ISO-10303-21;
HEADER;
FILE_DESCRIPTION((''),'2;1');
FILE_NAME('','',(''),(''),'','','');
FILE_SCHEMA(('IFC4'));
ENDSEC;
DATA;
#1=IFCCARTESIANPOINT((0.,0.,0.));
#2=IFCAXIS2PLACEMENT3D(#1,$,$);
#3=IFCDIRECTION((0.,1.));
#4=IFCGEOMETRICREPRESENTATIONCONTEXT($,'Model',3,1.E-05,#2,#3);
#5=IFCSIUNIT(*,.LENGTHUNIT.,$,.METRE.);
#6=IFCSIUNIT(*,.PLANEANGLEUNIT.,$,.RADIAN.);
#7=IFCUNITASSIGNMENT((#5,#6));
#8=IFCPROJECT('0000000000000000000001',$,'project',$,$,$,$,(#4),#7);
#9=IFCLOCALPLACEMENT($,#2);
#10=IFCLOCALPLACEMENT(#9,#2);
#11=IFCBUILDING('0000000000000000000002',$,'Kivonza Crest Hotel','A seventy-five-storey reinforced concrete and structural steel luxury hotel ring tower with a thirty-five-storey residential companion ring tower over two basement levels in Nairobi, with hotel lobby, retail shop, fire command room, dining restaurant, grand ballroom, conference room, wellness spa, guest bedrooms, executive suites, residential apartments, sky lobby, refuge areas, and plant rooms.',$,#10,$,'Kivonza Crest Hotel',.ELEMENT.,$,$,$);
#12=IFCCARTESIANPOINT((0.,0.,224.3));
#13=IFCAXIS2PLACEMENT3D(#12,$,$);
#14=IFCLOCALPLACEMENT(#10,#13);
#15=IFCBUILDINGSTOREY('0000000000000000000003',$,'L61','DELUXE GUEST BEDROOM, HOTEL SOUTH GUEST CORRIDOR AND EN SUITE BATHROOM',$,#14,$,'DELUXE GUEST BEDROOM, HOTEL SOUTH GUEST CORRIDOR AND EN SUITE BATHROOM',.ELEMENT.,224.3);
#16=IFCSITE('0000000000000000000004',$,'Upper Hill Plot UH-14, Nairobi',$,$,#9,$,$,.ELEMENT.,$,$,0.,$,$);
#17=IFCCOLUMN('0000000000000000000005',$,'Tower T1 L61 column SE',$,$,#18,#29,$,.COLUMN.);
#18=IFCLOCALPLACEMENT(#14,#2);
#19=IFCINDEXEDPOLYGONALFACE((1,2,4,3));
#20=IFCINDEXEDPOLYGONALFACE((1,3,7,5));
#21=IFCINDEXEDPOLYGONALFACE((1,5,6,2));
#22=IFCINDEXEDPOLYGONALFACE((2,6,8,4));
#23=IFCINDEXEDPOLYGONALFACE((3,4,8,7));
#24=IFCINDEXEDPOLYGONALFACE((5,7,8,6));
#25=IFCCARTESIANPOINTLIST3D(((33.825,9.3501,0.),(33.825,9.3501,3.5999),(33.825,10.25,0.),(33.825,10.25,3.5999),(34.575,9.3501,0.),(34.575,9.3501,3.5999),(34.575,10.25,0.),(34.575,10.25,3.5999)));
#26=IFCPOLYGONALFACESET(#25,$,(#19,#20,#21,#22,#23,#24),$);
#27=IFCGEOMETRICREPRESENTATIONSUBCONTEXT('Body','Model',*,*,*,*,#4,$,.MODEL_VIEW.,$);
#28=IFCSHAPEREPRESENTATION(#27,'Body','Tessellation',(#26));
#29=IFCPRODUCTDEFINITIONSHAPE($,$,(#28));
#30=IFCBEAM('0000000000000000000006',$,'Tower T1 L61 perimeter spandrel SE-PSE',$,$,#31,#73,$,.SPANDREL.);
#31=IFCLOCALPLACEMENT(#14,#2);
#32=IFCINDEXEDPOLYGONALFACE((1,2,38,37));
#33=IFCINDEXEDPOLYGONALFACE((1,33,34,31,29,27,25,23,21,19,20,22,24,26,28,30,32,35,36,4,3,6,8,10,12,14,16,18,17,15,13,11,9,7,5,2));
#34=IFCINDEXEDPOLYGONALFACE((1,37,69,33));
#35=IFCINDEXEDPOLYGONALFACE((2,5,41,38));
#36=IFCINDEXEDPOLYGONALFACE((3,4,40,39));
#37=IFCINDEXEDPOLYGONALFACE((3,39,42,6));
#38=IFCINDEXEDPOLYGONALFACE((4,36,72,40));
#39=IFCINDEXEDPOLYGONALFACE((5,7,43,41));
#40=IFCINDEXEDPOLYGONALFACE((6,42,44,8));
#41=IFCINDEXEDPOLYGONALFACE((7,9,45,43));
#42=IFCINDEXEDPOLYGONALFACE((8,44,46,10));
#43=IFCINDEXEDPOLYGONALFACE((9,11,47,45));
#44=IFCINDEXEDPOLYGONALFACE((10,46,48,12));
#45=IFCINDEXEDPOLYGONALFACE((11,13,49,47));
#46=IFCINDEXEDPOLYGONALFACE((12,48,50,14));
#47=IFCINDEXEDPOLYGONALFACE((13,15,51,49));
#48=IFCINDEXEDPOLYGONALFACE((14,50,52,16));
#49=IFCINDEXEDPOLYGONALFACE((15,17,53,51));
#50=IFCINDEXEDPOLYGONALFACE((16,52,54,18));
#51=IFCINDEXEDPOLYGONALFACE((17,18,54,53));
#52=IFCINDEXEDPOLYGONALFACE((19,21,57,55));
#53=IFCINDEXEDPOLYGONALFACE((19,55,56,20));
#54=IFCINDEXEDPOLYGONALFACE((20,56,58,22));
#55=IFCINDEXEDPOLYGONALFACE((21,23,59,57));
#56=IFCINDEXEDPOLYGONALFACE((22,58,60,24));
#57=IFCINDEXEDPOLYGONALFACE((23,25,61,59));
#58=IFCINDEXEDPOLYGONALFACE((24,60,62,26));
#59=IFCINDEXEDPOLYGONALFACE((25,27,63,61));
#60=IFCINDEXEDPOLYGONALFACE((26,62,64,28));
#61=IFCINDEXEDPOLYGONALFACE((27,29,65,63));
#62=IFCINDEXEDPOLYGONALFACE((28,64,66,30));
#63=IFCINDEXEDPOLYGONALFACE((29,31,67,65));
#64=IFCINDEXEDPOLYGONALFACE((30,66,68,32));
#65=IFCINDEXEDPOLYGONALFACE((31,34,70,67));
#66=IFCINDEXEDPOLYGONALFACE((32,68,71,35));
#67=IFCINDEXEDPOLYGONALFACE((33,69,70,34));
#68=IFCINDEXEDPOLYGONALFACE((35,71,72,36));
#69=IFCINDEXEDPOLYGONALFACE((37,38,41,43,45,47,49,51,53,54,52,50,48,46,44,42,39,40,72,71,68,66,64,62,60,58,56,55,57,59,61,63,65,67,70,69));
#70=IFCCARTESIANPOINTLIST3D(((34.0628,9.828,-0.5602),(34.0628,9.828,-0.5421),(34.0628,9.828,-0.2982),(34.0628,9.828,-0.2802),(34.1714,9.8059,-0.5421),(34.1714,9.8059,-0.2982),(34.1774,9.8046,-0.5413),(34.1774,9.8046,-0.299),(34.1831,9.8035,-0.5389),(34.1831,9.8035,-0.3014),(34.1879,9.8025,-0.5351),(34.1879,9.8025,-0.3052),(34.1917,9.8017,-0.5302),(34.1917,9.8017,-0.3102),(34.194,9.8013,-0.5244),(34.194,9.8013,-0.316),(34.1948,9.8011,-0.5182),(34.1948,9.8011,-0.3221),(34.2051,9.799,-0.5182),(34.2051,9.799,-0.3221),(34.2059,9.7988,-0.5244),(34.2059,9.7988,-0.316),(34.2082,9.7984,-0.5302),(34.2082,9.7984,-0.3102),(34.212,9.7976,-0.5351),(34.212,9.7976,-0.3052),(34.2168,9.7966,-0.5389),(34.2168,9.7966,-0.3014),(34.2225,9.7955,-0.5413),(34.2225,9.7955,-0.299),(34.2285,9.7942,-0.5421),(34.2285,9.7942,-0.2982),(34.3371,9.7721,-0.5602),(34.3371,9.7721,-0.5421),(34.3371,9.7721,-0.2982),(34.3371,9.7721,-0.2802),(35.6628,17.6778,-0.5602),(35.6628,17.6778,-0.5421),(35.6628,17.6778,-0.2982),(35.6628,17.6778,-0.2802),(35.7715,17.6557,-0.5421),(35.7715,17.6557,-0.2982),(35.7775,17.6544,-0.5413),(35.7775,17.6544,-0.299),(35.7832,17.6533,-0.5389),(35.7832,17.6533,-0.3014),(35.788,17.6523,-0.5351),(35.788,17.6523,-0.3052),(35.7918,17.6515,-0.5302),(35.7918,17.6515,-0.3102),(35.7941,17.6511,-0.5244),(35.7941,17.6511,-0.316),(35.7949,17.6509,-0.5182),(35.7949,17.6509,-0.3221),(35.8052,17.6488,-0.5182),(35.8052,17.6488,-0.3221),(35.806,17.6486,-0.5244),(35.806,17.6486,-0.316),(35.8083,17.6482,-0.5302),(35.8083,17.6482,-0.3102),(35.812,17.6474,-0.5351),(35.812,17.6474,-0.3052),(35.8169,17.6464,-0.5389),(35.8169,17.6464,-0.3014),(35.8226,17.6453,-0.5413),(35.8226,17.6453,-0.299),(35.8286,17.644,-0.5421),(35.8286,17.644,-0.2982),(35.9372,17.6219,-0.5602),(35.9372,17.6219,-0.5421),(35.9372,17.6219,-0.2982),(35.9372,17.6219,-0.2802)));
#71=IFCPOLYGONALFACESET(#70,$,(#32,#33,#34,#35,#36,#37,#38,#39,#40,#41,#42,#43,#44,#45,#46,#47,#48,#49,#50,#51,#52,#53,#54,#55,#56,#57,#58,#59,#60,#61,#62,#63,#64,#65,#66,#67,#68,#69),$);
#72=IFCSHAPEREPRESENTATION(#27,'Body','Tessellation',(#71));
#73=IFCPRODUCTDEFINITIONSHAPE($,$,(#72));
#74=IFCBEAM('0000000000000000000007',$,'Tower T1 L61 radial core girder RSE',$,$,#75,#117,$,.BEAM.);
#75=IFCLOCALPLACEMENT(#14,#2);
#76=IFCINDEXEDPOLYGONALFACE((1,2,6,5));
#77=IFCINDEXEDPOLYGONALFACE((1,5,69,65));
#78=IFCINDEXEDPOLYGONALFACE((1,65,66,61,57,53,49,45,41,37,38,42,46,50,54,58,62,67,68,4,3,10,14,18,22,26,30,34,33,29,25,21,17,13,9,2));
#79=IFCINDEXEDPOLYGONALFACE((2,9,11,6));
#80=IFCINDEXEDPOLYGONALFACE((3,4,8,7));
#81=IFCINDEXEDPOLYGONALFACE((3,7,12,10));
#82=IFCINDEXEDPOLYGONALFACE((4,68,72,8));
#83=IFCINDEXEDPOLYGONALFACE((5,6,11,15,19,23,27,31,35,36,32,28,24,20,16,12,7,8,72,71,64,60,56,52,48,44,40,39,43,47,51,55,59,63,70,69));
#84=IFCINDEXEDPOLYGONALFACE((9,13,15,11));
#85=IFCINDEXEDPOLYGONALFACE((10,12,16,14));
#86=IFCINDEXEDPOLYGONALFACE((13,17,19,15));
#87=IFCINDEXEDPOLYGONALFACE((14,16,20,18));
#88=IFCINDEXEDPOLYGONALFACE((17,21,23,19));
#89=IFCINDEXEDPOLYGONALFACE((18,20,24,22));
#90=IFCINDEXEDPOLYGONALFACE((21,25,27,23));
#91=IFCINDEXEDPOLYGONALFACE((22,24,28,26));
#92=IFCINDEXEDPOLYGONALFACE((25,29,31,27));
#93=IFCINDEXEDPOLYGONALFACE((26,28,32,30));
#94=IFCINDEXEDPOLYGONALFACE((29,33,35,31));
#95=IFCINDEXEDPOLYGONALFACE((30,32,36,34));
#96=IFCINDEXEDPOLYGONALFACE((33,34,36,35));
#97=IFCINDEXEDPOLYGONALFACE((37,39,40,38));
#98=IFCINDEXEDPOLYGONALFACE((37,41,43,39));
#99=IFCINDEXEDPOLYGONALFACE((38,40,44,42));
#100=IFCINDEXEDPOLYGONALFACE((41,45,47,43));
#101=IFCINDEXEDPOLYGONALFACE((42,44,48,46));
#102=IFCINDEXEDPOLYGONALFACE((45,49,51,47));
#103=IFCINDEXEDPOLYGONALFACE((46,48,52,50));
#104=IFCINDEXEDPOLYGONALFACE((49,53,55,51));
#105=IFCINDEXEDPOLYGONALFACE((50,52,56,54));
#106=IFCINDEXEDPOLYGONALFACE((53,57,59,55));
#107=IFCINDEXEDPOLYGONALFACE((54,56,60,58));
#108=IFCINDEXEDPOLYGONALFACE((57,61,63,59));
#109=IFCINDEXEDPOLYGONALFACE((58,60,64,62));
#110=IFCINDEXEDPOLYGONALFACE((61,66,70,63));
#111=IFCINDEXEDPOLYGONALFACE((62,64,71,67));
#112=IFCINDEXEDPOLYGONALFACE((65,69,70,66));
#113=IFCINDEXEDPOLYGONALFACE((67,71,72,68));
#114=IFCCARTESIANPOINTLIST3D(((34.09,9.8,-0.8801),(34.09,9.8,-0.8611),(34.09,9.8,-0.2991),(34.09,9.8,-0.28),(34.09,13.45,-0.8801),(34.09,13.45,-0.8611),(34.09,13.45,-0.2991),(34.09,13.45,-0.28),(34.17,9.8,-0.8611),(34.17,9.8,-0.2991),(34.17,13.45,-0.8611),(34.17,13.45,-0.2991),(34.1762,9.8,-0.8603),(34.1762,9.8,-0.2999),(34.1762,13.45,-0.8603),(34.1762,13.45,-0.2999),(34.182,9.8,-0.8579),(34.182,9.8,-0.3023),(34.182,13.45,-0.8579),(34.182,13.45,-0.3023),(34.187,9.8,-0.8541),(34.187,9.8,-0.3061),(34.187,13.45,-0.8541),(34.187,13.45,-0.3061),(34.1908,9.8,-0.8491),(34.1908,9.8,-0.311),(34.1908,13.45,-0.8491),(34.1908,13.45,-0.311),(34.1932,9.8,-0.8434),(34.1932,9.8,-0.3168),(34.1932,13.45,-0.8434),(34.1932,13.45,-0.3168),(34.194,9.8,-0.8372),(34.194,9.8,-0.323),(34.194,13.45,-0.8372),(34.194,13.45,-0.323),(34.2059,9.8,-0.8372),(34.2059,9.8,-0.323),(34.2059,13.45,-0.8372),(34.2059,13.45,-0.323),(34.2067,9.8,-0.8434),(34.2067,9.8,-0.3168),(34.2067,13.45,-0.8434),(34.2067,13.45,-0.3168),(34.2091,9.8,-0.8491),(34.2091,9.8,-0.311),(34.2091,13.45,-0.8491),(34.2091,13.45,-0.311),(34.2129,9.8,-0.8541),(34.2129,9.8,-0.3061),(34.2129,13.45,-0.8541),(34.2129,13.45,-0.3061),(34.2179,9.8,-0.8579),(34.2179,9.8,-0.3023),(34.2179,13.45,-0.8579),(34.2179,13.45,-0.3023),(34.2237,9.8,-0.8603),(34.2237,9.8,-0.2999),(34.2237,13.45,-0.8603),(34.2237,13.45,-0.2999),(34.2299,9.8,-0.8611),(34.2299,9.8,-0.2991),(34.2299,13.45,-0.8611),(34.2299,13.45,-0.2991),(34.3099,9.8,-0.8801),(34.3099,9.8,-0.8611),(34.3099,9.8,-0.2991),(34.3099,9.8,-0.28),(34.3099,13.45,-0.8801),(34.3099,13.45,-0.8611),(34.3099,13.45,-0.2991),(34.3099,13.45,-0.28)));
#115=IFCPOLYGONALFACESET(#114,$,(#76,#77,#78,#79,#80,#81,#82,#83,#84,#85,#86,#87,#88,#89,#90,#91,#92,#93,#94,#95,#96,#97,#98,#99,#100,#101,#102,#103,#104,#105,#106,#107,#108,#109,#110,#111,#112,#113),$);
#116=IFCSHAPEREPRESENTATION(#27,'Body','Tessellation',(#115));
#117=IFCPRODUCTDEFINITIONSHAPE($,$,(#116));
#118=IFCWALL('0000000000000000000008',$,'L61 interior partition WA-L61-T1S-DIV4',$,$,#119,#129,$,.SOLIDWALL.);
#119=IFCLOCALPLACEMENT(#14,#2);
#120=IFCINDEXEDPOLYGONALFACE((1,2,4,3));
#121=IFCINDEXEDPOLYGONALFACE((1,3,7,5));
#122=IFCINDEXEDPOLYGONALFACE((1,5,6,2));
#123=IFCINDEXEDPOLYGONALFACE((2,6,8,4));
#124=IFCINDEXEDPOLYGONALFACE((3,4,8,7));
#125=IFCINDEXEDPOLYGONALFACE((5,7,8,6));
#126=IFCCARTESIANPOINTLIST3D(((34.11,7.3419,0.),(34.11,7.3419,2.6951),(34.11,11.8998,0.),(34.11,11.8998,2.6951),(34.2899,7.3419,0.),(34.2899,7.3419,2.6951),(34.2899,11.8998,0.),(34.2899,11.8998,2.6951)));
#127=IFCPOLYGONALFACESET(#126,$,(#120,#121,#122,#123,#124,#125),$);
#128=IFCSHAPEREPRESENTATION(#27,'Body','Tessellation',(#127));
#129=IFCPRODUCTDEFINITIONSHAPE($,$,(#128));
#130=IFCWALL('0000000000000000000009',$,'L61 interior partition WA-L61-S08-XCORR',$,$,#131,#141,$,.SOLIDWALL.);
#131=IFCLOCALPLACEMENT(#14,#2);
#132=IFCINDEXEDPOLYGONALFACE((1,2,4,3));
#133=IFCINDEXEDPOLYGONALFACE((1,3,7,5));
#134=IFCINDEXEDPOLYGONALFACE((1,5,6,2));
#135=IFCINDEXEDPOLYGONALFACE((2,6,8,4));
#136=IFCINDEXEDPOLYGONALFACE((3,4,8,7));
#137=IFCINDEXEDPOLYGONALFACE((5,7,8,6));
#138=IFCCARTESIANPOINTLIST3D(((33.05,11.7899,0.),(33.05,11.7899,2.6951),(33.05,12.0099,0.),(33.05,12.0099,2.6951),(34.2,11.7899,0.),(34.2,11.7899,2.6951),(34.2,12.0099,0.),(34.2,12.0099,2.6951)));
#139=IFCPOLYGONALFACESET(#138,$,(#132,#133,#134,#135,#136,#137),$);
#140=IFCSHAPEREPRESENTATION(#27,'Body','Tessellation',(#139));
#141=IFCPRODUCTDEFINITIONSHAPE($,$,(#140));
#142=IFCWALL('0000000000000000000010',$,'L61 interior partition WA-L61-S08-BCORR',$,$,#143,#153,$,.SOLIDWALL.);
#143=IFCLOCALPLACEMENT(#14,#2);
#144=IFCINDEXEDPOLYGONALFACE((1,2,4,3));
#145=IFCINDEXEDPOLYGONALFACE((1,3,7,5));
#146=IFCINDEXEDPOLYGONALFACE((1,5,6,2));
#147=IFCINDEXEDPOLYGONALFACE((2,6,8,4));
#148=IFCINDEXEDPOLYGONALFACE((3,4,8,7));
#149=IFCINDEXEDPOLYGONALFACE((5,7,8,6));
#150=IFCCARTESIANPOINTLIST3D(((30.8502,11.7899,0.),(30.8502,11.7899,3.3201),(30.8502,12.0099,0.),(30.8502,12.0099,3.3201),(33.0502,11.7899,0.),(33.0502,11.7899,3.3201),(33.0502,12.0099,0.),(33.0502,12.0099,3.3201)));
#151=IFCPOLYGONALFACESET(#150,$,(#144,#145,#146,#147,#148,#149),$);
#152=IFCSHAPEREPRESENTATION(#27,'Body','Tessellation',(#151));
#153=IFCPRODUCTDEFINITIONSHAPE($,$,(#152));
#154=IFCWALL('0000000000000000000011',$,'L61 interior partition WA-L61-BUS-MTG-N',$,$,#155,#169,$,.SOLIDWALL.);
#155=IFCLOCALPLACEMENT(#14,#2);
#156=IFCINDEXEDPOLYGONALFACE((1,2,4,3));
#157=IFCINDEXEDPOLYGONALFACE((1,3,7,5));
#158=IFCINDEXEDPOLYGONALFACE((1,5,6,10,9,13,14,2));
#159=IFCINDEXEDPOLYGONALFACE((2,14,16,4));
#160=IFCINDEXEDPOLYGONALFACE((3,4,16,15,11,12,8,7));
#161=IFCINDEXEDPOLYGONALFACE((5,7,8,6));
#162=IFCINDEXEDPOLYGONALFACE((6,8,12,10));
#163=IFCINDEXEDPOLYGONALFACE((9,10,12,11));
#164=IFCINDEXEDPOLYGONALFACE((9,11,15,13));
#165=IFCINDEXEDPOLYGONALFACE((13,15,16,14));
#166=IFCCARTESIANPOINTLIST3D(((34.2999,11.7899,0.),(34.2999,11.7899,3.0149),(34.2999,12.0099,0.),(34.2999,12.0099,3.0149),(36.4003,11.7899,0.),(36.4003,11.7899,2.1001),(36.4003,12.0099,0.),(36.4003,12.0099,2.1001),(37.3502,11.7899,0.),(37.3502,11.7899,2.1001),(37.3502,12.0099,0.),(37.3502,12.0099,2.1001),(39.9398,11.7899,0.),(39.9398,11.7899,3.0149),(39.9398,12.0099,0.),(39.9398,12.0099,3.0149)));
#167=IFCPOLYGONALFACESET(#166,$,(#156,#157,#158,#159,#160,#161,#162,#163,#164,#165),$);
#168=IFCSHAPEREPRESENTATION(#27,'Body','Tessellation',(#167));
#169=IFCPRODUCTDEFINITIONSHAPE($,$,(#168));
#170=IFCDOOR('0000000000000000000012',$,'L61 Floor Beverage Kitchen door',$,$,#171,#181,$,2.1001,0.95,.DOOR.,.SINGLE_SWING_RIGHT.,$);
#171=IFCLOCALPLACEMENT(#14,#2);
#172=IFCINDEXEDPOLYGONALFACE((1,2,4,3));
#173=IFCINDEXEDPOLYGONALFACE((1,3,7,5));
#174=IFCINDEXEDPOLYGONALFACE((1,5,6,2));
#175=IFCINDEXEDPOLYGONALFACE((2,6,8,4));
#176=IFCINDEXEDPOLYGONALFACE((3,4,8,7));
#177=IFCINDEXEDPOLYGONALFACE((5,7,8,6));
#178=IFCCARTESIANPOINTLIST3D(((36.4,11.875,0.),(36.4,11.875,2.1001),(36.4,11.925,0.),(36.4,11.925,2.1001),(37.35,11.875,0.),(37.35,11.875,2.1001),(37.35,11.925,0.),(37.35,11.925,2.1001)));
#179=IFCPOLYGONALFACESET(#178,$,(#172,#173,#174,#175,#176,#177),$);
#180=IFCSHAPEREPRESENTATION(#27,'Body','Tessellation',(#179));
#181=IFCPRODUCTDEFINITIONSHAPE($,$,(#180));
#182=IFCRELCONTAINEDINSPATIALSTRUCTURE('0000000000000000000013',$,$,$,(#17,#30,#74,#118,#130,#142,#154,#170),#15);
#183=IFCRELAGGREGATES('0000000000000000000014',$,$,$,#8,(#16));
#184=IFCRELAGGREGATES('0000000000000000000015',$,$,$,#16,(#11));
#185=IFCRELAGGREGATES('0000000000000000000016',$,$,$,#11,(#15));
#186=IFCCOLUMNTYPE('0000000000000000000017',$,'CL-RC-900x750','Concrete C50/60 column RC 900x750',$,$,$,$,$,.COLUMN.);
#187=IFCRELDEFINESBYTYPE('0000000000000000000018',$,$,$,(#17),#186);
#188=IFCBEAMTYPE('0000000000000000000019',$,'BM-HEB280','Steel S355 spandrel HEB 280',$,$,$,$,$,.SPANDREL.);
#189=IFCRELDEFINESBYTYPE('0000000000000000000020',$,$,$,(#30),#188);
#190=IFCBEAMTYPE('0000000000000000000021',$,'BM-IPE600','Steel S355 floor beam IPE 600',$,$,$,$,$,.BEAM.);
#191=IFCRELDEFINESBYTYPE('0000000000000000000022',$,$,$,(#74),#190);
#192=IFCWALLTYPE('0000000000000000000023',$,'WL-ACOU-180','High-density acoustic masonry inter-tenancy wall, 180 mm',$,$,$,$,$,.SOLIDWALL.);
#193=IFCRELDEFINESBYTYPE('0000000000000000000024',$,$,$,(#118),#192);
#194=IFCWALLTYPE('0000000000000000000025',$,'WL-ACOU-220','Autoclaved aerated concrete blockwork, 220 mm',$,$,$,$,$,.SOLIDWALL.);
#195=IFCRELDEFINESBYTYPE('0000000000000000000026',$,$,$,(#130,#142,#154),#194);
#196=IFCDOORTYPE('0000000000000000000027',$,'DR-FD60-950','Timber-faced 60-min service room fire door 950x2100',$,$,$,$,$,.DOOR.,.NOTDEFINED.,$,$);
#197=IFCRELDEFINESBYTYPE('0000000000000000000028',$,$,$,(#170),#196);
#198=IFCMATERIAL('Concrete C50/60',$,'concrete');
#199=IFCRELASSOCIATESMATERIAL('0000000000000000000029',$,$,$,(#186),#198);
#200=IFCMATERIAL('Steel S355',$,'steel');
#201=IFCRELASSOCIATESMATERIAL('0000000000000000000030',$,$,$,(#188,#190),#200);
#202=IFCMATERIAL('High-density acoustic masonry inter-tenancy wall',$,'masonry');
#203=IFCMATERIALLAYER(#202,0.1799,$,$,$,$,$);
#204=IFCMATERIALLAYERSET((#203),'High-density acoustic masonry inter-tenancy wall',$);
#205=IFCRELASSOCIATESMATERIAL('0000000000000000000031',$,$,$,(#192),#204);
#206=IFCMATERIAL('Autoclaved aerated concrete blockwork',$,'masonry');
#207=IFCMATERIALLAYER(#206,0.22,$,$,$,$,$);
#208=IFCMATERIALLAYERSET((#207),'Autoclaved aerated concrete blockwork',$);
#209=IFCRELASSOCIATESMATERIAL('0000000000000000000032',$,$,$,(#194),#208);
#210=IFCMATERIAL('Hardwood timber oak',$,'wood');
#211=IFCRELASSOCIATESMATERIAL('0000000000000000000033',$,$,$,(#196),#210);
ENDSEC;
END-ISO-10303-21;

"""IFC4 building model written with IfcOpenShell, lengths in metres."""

from ifc_helpers import new_model, si_unit, direction, frame, frame_2d, origin, origin_2d, place, context, subcontext, project, spatial, rectangle, i_section, extrude, material, layer, layer_set, material_profile, profile_set, type_object, element, fill, save


model = new_model("IFC4")

# Units and contexts
model_context = context("Model", 3, precision=1e-05, world=origin(), true_north=direction((0.0, 1.0)))
body_context = subcontext(model_context, "Body", "Model", "MODEL_VIEW")
ifc_project = project(units=[si_unit("LENGTHUNIT", "METRE"), si_unit("PLANEANGLEUNIT", "RADIAN")], contexts=[model_context])

# Site, building, storey
site_placement = place(None, origin())
site = spatial("IfcSite", under=ifc_project, at=site_placement, Name="Upper Hill Plot UH-14, Nairobi", CompositionType="ELEMENT", RefElevation=0.0)
building_placement = place(site_placement, origin())
building = spatial("IfcBuilding", under=site, at=building_placement, Name="Kivonza Crest Hotel", Description="A seventy-five-storey reinforced concrete and structural steel luxury hotel ring tower with a thirty-five-storey residential companion ring tower over two basement levels in Nairobi, with hotel lobby, retail shop, fire command room, dining restaurant, grand ballroom, conference room, wellness spa, guest bedrooms, executive suites, residential apartments, sky lobby, refuge areas, and plant rooms.", LongName="Kivonza Crest Hotel", CompositionType="ELEMENT")
storey_placement = place(building_placement, frame((0.0, 0.0, 224.3)))
storey = spatial("IfcBuildingStorey", under=building, at=storey_placement, Name="L61", Description="DELUXE GUEST BEDROOM, HOTEL SOUTH GUEST CORRIDOR AND EN SUITE BATHROOM", LongName="DELUXE GUEST BEDROOM, HOTEL SOUTH GUEST CORRIDOR AND EN SUITE BATHROOM", CompositionType="ELEMENT", Elevation=224.3)

# Column
ifc_material_1 = material(Name="Concrete C50/60", Category="concrete")
ifc_material_profile_1 = material_profile(ifc_material_1, rectangle(XDim=0.75, YDim=0.8999, at=origin_2d()), Name="RC 900x750")
ifc_profile_set_1 = profile_set([ifc_material_profile_1], Name="Concrete C50/60")
column_type = type_object("IfcColumnType", Name="CL-RC-900x750", Description="Concrete C50/60 column RC 900x750", PredefinedType="COLUMN", material=ifc_profile_set_1)
column_placement = place(storey_placement, frame((34.2, 9.8, 0.0), z_axis=(0.0, 0.0, 1.0), x_axis=(1.0, 0.0, 0.0)))
element("IfcColumn", 1, at=column_placement, inside=storey, type_object=column_type, Name="Tower T1 L61 column SE", PredefinedType="COLUMN", context=body_context, shape_type="SweptSolid", body=[
    extrude(rectangle(XDim=0.75, YDim=0.8999, at=origin_2d()), origin(), (0.0, 0.0, 1.0), 3.5999),
])

# Beams
ifc_material_2 = material(Name="Steel S355", Category="steel")
ifc_material_profile_2 = material_profile(ifc_material_2, i_section(OverallWidth=0.28, OverallDepth=0.28, WebThickness=0.0105, FlangeThickness=0.0181, FilletRadius=0.0239, at=origin_2d()), Name="HEB 280")
ifc_profile_set_2 = profile_set([ifc_material_profile_2], Name="Steel S355")
beam_type_1 = type_object("IfcBeamType", Name="BM-HEB280", Description="Steel S355 spandrel HEB 280", PredefinedType="SPANDREL", material=ifc_profile_set_2)
beam_1_placement = place(storey_placement, frame((34.2, 9.8, -0.4202), z_axis=(0.199731, 0.979851, 0.0), x_axis=(-0.979851, 0.199731, 0.0)))
element("IfcBeam", 2, at=beam_1_placement, inside=storey, type_object=beam_type_1, Name="Tower T1 L61 perimeter spandrel SE-PSE", PredefinedType="SPANDREL", context=body_context, shape_type="SweptSolid", body=[
    extrude(i_section(OverallWidth=0.28, OverallDepth=0.28, WebThickness=0.0105, FlangeThickness=0.0181, FilletRadius=0.0239, at=origin_2d()), origin(), (0.0, 0.0, 1.0), 8.0112),
])
ifc_material_profile_3 = material_profile(ifc_material_2, i_section(OverallWidth=0.22, OverallDepth=0.6001, WebThickness=0.012, FlangeThickness=0.019, FilletRadius=0.0239, at=origin_2d()), Name="IPE 600")
ifc_profile_set_3 = profile_set([ifc_material_profile_3], Name="Steel S355")
beam_type_2 = type_object("IfcBeamType", Name="BM-IPE600", Description="Steel S355 floor beam IPE 600", PredefinedType="BEAM", material=ifc_profile_set_3)
beam_2_placement = place(storey_placement, frame((34.2, 9.8, -0.5801), z_axis=(0.0, 1.0, 0.0), x_axis=(-1.0, 0.0, 0.0)))
element("IfcBeam", 3, at=beam_2_placement, inside=storey, type_object=beam_type_2, Name="Tower T1 L61 radial core girder RSE", PredefinedType="BEAM", context=body_context, shape_type="SweptSolid", body=[
    extrude(i_section(OverallWidth=0.22, OverallDepth=0.6001, WebThickness=0.012, FlangeThickness=0.019, FilletRadius=0.0239, at=origin_2d()), origin(), (0.0, 0.0, 1.0), 3.6499),
])

# Walls
ifc_material_3 = material(Name="High-density acoustic masonry inter-tenancy wall", Category="masonry")
ifc_layer_1 = layer(ifc_material_3, 0.1799)
ifc_layer_set_1 = layer_set([ifc_layer_1], Name="High-density acoustic masonry inter-tenancy wall")
wall_type_1 = type_object("IfcWallType", Name="WL-ACOU-180", Description="High-density acoustic masonry inter-tenancy wall, 180 mm", PredefinedType="SOLIDWALL", material=ifc_layer_set_1)
wall_1_placement = place(storey_placement, frame((34.2, 7.342, 0.0), z_axis=(0.0, 0.0, 1.0), x_axis=(0.0, 1.0, 0.0)))
element("IfcWall", 4, at=wall_1_placement, inside=storey, type_object=wall_type_1, Name="L61 interior partition WA-L61-T1S-DIV4", PredefinedType="SOLIDWALL", context=body_context, shape_type="SweptSolid", body=[
    extrude(rectangle(XDim=4.5579, YDim=0.1799, at=frame_2d((2.2788, 0.0))), origin(), (0.0, 0.0, 1.0), 2.6951),
])
ifc_material_4 = material(Name="Autoclaved aerated concrete blockwork", Category="masonry")
ifc_layer_2 = layer(ifc_material_4, 0.22)
ifc_layer_set_2 = layer_set([ifc_layer_2], Name="Autoclaved aerated concrete blockwork")
wall_type_2 = type_object("IfcWallType", Name="WL-ACOU-220", Description="Autoclaved aerated concrete blockwork, 220 mm", PredefinedType="SOLIDWALL", material=ifc_layer_set_2)
wall_2_placement = place(storey_placement, frame((33.05, 11.8999, 0.0), z_axis=(0.0, 0.0, 1.0), x_axis=(1.0, 0.0, 0.0)))
element("IfcWall", 5, at=wall_2_placement, inside=storey, type_object=wall_type_2, Name="L61 interior partition WA-L61-S08-XCORR", PredefinedType="SOLIDWALL", context=body_context, shape_type="SweptSolid", body=[
    extrude(rectangle(XDim=1.1499, YDim=0.22, at=frame_2d((0.575, 0.0))), origin(), (0.0, 0.0, 1.0), 2.6951),
])
wall_3_placement = place(storey_placement, frame((30.8501, 11.8999, 0.0), z_axis=(0.0, 0.0, 1.0), x_axis=(1.0, 0.0, 0.0)))
element("IfcWall", 6, at=wall_3_placement, inside=storey, type_object=wall_type_2, Name="L61 interior partition WA-L61-S08-BCORR", PredefinedType="SOLIDWALL", context=body_context, shape_type="SweptSolid", body=[
    extrude(rectangle(XDim=2.2, YDim=0.22, at=frame_2d((1.1001, 0.0))), origin(), (0.0, 0.0, 1.0), 3.3201),
])

# Wall, opening, door
wall_4_placement = place(storey_placement, frame((34.3, 11.8999, 0.0), z_axis=(0.0, 0.0, 1.0), x_axis=(1.0, 0.0, 0.0)))
wall_4 = element("IfcWall", 7, at=wall_4_placement, inside=storey, type_object=wall_type_2, Name="L61 interior partition WA-L61-BUS-MTG-N", PredefinedType="SOLIDWALL", context=body_context, shape_type="SweptSolid", body=[
    extrude(rectangle(XDim=5.6399, YDim=0.22, at=frame_2d((2.8198, 0.0))), origin(), (0.0, 0.0, 1.0), 3.0149),
])
opening_1_placement = place(wall_4_placement, frame((2.1001, 0.0, 0.0)))
opening_1 = element("IfcOpeningElement", 8, at=opening_1_placement, cuts=wall_4, PredefinedType="OPENING", context=body_context, shape_type="SweptSolid", body=[
    extrude(rectangle(XDim=0.95, YDim=2.1001, at=frame_2d((0.4751, 1.05))), frame((0.0, 0.1201, 0.0), z_axis=(0.0, -1.0, 0.0), x_axis=(1.0, 0.0, 0.0)), (0.0, 0.0, 1.0), 0.24),
])
ifc_material_5 = material(Name="Hardwood timber oak", Category="wood")
door_type_1 = type_object("IfcDoorType", Name="DR-FD60-950", Description="Timber-faced 60-min service room fire door 950x2100", OperationType="NOTDEFINED", PredefinedType="DOOR", material=ifc_material_5)
door_1_placement = place(opening_1_placement, frame((0.95, 0.0, 0.0), z_axis=(0.0, 0.0, 1.0), x_axis=(-1.0, 0.0, 0.0)))
door_1 = element("IfcDoor", 9, at=door_1_placement, inside=storey, type_object=door_type_1, Name="L61 Floor Beverage Kitchen door", OperationType="SINGLE_SWING_RIGHT", OverallHeight=2.1001, OverallWidth=0.95, PredefinedType="DOOR", context=body_context, shape_type="SweptSolid", body=[
    extrude(rectangle(XDim=0.95, YDim=2.1001, at=frame_2d((0.4751, 1.05))), frame((0.0, 0.0249, 0.0), z_axis=(0.0, -1.0, 0.0), x_axis=(1.0, 0.0, 0.0)), (0.0, 0.0, 1.0), 0.05),
])
fill(opening_1, door_1)

save(model, "model.ifc")
